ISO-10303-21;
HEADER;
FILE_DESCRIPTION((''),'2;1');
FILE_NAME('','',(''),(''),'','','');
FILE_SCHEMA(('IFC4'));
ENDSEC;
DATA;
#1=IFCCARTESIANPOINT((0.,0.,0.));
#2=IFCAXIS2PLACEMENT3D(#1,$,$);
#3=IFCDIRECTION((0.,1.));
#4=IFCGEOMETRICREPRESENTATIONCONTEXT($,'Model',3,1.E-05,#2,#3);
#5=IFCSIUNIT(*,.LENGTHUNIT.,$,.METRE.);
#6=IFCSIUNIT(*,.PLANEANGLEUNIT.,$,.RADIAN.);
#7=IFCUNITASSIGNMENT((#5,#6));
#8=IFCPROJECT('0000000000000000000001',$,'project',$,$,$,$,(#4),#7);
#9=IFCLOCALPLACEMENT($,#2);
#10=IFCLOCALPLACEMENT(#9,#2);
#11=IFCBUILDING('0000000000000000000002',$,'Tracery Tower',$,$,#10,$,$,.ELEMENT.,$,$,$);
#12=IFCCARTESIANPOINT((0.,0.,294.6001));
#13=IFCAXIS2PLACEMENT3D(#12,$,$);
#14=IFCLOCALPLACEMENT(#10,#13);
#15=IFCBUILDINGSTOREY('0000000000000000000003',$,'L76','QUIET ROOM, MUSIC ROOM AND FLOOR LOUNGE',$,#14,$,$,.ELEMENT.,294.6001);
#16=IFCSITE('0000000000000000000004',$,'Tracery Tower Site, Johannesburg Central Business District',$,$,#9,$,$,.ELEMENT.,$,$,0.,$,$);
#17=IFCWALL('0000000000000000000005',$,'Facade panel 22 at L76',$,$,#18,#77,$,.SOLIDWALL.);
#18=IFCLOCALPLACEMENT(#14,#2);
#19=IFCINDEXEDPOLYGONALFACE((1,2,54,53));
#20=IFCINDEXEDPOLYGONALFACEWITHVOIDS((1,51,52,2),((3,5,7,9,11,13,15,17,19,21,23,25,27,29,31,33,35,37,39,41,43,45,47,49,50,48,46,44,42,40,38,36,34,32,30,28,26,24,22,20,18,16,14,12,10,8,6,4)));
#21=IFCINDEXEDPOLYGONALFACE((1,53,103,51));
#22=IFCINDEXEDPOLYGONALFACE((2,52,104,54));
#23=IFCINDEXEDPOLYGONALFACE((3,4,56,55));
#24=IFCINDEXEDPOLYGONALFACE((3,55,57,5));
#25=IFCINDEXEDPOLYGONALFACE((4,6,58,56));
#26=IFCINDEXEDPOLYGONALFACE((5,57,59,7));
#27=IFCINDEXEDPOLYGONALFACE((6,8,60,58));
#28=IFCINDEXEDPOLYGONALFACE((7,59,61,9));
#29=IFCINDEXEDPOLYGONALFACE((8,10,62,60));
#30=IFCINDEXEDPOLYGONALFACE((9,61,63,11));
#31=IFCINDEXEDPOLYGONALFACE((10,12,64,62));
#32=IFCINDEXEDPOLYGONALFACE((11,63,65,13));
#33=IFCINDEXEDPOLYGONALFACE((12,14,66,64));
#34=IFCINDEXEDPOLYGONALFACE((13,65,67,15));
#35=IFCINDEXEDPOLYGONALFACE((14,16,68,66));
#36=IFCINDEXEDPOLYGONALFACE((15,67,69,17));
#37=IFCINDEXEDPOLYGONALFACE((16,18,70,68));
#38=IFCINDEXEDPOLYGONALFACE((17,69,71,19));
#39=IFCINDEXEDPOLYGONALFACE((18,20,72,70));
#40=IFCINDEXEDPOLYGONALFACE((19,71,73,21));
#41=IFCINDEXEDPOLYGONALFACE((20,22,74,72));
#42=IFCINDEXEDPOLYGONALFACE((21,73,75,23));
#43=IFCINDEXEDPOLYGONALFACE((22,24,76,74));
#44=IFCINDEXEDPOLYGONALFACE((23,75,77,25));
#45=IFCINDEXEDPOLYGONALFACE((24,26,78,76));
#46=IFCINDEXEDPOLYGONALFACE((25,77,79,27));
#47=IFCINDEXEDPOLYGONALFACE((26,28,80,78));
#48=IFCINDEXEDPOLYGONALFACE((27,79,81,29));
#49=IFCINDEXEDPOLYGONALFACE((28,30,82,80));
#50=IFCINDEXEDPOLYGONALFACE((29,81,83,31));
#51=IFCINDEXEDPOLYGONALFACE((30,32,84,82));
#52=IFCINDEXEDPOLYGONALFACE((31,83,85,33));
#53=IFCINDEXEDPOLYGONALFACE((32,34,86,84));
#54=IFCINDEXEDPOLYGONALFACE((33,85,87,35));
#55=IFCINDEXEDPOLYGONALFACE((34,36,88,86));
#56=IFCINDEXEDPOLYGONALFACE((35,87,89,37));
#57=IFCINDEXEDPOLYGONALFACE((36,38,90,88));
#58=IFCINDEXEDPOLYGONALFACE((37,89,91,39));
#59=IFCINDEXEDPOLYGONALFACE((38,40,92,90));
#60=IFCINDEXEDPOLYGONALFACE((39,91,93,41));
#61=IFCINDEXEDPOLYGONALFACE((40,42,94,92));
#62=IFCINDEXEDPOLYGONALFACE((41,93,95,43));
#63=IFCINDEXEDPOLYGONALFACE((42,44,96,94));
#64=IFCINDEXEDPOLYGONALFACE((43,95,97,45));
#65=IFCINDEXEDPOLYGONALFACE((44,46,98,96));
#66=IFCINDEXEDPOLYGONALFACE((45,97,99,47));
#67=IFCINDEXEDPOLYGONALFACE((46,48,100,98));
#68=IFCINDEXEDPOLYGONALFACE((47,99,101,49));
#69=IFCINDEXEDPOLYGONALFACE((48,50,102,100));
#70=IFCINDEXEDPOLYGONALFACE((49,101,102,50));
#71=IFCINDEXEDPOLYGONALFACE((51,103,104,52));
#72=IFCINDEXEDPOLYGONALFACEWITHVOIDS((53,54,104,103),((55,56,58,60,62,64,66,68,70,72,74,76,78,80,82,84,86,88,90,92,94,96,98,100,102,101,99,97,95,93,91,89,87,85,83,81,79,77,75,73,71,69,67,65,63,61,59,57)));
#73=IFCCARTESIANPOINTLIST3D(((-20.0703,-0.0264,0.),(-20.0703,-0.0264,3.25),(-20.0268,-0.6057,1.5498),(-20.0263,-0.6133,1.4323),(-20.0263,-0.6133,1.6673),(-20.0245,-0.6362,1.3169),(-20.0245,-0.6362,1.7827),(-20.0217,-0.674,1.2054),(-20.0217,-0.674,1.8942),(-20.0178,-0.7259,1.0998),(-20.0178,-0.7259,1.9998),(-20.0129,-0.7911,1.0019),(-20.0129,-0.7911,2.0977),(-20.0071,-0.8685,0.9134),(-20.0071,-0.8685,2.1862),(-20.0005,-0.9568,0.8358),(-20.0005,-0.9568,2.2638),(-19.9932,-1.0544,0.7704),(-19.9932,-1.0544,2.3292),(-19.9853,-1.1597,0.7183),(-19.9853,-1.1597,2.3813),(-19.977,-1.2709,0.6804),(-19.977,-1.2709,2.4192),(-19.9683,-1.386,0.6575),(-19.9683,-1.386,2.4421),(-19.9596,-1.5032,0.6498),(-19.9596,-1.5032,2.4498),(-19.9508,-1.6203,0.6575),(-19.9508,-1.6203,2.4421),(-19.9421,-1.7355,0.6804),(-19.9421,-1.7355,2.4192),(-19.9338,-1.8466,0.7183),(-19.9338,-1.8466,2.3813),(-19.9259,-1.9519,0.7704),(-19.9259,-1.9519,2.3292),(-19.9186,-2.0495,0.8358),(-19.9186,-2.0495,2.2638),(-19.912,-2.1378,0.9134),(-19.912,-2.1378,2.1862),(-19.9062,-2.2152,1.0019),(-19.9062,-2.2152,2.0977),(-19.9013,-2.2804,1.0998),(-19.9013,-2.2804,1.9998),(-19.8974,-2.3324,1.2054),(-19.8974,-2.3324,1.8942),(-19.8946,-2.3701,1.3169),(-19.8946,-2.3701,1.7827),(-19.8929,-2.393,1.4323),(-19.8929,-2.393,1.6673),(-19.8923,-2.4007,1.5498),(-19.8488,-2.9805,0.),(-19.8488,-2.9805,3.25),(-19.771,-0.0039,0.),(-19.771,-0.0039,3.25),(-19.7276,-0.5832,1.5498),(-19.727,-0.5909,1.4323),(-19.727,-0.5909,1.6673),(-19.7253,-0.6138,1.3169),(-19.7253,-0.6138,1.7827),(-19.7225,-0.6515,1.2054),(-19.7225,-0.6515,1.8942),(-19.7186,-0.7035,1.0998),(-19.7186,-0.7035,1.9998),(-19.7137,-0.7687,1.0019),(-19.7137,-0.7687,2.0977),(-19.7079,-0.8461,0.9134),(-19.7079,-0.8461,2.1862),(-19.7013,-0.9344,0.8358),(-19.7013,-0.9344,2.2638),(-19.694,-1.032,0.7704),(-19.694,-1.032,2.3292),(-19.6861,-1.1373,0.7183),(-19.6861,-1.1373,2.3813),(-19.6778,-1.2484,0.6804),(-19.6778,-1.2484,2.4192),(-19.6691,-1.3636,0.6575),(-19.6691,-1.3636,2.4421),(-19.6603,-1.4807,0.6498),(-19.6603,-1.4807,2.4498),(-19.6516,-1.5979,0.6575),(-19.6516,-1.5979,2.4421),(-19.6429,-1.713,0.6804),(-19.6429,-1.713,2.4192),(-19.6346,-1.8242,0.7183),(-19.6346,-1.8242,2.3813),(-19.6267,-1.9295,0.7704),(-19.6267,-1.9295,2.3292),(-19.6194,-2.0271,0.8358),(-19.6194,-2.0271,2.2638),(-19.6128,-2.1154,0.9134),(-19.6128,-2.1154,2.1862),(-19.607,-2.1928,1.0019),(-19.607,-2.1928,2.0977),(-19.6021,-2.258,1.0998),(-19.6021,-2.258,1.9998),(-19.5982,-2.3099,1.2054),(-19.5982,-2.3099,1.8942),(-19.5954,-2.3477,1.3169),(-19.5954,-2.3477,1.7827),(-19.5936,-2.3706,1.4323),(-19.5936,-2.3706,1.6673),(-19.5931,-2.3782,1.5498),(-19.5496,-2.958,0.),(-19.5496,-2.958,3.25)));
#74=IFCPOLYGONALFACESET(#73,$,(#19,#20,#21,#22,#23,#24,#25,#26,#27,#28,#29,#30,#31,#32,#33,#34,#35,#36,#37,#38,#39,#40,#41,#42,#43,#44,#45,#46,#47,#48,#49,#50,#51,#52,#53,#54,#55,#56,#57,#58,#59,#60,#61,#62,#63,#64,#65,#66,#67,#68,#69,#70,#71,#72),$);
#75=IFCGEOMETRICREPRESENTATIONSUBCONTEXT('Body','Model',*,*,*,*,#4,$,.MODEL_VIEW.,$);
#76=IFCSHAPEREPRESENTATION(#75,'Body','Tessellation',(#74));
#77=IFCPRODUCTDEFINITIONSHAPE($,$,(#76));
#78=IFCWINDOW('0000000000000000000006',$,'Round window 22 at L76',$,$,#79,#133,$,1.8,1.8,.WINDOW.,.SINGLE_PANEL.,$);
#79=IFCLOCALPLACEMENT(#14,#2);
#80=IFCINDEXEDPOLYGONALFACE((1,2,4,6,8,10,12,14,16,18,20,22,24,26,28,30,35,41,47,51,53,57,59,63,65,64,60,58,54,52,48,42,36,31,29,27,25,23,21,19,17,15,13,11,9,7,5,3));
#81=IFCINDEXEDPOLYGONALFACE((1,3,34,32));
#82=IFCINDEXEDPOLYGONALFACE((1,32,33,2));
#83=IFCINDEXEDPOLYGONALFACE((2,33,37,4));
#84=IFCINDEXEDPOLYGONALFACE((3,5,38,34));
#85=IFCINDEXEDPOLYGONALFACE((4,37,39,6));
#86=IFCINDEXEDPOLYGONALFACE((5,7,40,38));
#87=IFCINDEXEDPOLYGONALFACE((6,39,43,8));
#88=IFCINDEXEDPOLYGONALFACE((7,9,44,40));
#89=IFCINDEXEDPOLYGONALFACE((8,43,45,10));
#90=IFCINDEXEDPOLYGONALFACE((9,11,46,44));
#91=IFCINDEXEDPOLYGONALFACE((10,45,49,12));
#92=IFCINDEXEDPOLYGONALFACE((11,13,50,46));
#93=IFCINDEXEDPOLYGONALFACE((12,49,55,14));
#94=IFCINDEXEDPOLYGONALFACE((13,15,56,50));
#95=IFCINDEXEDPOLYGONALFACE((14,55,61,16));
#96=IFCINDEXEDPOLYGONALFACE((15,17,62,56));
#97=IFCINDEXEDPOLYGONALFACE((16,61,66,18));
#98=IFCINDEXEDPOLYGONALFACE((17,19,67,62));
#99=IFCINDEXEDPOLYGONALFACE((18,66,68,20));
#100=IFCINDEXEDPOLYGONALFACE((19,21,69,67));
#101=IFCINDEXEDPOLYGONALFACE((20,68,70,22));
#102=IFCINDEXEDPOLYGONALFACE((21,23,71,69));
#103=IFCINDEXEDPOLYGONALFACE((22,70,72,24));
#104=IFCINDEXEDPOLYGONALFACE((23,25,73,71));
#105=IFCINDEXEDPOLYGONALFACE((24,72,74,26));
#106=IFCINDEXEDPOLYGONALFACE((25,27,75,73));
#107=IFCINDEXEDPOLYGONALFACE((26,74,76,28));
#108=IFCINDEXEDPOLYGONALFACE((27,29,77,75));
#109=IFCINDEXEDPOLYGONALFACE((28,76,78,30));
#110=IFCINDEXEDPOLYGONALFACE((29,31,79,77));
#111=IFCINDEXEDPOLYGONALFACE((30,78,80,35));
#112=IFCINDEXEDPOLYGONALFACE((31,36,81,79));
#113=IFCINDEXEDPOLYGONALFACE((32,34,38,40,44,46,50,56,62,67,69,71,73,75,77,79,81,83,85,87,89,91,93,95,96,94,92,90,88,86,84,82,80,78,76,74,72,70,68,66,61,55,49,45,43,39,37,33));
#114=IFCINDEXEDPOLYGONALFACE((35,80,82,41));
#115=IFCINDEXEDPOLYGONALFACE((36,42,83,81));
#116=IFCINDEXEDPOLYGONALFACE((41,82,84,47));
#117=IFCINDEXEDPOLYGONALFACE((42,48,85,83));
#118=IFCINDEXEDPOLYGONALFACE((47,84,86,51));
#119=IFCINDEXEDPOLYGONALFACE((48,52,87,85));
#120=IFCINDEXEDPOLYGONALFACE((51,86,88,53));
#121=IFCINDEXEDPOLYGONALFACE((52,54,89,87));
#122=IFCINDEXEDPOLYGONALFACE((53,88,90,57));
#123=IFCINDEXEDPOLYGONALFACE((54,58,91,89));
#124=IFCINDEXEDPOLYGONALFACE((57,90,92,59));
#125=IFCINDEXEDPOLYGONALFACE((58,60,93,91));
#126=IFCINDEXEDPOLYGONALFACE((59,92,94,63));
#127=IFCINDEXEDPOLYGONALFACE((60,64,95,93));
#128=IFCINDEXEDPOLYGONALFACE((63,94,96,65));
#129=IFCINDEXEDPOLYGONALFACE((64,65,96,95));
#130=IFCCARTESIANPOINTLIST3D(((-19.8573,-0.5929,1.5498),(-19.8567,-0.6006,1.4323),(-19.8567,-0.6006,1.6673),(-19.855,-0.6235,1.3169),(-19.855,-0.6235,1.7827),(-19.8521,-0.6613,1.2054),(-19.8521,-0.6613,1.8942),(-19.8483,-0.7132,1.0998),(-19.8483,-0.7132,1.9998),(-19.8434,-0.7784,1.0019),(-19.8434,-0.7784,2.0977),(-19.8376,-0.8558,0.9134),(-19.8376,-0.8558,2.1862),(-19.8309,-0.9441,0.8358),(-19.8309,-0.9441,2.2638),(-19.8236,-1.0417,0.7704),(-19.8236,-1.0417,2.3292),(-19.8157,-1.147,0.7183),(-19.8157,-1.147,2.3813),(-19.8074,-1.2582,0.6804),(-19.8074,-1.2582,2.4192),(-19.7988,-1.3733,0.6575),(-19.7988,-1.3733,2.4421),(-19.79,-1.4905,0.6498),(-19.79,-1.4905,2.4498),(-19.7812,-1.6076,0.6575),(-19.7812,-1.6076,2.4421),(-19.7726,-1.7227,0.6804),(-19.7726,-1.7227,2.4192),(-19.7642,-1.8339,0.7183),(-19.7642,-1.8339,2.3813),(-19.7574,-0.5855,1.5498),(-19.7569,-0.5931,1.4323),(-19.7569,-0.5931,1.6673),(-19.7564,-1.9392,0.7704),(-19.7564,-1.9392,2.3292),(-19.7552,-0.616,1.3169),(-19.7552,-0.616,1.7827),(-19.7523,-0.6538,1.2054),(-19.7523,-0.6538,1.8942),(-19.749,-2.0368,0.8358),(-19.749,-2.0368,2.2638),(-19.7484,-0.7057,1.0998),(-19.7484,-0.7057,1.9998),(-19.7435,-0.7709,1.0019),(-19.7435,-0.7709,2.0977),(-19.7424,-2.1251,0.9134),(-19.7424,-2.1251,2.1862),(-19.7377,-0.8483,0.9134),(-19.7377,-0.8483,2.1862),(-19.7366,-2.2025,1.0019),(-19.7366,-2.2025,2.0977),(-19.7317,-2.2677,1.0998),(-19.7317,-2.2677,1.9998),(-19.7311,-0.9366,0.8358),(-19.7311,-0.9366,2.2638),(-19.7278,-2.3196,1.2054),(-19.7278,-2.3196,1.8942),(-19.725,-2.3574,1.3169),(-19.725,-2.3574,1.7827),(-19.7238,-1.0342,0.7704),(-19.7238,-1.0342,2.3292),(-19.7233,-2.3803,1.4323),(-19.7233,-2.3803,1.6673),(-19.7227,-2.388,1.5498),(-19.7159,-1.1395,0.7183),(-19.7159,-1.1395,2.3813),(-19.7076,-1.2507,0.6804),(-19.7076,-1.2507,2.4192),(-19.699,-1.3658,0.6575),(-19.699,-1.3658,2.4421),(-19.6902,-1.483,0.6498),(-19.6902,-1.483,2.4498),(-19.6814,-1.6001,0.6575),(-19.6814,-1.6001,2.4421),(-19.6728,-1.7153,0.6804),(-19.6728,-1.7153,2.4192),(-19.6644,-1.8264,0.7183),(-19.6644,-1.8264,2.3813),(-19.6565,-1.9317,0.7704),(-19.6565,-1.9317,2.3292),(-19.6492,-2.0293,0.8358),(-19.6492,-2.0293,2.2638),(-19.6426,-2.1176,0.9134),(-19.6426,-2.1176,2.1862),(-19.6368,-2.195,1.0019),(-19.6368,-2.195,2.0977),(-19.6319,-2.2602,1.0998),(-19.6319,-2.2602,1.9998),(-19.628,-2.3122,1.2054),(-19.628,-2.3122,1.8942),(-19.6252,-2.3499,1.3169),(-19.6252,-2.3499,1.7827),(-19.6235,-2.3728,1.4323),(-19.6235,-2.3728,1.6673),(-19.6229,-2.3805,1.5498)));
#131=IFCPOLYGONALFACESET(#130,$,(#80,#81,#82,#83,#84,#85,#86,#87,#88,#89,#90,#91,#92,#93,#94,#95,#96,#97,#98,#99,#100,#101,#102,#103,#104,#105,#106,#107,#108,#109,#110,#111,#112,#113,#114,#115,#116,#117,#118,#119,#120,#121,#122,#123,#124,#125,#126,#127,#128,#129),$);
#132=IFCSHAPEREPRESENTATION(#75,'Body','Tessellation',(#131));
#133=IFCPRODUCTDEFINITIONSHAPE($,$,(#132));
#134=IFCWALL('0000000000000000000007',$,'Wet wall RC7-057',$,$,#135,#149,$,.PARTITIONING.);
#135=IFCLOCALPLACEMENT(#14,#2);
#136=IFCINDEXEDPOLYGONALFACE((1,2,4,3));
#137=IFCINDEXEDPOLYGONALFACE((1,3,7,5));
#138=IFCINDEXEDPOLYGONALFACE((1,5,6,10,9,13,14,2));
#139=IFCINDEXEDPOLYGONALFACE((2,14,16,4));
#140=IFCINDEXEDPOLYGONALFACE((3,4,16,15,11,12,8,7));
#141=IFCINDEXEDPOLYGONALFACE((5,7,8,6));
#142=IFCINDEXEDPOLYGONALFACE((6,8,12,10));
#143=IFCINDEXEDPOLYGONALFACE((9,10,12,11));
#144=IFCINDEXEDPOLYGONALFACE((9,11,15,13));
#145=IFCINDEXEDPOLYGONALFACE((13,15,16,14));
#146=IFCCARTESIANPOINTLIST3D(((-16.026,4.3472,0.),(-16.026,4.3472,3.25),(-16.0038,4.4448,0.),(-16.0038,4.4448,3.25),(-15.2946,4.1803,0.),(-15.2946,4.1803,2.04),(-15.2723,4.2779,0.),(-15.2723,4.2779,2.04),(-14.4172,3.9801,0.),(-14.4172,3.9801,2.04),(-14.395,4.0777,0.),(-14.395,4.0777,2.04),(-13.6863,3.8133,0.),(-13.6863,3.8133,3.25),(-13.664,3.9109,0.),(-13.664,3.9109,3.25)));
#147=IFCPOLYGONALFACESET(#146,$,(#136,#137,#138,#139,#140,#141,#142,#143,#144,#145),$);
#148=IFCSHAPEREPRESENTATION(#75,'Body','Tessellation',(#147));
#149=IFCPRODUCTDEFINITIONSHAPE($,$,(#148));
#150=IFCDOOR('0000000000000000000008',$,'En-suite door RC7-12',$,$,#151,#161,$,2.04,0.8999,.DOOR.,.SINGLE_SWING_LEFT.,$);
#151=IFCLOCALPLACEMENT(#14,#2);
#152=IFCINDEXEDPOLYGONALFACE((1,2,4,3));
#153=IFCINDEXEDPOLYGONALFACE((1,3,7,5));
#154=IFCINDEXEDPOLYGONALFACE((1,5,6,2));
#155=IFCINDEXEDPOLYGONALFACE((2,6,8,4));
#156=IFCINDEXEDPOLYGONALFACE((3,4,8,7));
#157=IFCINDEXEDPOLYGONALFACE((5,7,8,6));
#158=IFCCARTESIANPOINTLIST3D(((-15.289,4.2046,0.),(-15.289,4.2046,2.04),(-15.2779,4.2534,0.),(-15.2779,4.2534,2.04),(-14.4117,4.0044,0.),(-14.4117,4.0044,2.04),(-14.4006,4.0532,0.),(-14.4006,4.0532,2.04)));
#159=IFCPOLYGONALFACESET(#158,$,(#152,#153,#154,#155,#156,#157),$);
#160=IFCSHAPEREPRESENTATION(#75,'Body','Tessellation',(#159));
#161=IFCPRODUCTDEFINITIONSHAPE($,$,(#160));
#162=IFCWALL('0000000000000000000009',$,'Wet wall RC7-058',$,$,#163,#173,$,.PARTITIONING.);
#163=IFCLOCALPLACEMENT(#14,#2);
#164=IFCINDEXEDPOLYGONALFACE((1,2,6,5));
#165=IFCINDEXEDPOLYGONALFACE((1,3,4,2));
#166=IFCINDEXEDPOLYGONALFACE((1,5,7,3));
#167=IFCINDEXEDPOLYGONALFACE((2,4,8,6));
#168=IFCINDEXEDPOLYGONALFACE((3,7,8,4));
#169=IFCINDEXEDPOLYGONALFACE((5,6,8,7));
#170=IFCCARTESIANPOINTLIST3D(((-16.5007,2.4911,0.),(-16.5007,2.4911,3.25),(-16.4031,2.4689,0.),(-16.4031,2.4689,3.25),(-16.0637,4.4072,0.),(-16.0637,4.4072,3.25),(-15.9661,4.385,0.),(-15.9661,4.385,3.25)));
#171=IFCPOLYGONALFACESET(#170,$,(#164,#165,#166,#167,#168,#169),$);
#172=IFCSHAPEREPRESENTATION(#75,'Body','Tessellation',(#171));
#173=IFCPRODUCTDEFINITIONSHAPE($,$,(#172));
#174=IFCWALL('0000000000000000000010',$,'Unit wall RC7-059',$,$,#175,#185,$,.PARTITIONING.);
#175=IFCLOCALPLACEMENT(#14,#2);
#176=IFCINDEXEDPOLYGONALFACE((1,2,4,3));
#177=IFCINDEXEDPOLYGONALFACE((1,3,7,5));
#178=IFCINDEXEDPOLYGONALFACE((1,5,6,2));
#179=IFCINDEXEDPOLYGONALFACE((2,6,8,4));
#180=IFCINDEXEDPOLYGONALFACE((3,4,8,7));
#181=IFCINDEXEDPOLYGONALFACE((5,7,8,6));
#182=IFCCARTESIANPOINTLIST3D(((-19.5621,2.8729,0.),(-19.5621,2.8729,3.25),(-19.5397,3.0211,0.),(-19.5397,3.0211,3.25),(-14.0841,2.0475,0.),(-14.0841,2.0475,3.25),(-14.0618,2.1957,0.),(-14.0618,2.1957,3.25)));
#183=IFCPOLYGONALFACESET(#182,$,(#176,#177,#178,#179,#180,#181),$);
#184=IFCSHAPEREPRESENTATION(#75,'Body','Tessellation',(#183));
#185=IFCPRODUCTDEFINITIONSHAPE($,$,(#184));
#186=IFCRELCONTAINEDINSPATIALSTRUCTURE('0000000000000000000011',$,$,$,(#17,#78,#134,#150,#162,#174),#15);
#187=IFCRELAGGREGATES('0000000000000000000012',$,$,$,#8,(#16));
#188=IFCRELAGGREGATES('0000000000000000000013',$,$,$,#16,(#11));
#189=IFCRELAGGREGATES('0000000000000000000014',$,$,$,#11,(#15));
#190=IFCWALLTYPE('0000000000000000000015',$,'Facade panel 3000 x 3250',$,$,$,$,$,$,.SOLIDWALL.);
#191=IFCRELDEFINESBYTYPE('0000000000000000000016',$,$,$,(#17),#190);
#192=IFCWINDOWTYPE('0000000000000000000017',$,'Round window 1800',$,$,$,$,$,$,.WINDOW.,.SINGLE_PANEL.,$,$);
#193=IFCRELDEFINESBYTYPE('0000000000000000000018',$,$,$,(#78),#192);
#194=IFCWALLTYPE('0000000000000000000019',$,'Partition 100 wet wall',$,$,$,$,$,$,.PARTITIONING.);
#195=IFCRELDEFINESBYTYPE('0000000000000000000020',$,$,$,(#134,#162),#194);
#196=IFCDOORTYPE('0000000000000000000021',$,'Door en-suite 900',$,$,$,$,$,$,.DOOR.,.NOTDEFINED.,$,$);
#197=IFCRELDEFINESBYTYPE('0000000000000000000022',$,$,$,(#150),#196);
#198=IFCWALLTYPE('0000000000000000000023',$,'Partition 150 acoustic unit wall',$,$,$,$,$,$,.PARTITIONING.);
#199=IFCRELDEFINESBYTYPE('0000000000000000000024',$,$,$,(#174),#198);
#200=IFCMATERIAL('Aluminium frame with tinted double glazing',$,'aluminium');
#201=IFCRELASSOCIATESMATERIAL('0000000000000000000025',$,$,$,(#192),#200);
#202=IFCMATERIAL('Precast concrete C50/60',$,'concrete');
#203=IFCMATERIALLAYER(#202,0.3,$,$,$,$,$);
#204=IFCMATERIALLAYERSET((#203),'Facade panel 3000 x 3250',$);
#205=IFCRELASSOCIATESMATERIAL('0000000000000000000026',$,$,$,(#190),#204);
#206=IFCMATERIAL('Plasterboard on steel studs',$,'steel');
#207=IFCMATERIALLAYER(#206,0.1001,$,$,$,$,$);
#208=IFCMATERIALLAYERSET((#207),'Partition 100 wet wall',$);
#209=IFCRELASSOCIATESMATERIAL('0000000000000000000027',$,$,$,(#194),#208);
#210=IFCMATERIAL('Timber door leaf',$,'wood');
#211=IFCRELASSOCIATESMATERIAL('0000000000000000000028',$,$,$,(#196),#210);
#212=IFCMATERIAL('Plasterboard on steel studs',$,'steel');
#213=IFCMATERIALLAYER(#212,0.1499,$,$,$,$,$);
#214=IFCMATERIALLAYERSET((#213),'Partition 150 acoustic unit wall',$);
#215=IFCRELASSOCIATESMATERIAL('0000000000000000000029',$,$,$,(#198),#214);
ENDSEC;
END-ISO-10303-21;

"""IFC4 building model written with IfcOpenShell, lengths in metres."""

from ifc_helpers import new_model, si_unit, direction, frame, frame_2d, origin, origin_2d, place, context, subcontext, project, spatial, rectangle, circle, extrude, material, layer, layer_set, type_object, element, fill, save


model = new_model("IFC4")

# Units and contexts
model_context = context("Model", 3, precision=1e-05, world=origin(), true_north=direction((0.0, 1.0)))
body_context = subcontext(model_context, "Body", "Model", "MODEL_VIEW")
ifc_project = project(units=[si_unit("LENGTHUNIT", "METRE"), si_unit("PLANEANGLEUNIT", "RADIAN")], contexts=[model_context])

# Site, building, storey
site_placement = place(None, origin())
site = spatial("IfcSite", under=ifc_project, at=site_placement, Name="Tracery Tower Site, Johannesburg Central Business District", CompositionType="ELEMENT", RefElevation=0.0)
building_placement = place(site_placement, origin())
building = spatial("IfcBuilding", under=site, at=building_placement, Name="Tracery Tower", CompositionType="ELEMENT")
storey_placement = place(building_placement, frame((0.0, 0.0, 294.6001)))
storey = spatial("IfcBuildingStorey", under=building, at=storey_placement, Name="L76", Description="QUIET ROOM, MUSIC ROOM AND FLOOR LOUNGE", CompositionType="ELEMENT", Elevation=294.6001)

# Wall, opening, window
ifc_material_1 = material(Name="Aluminium frame with tinted double glazing", Category="aluminium")
window_type = type_object("IfcWindowType", Name="Round window 1800", PartitioningType="SINGLE_PANEL", PredefinedType="WINDOW", material=ifc_material_1)
ifc_material_2 = material(Name="Precast concrete C50/60", Category="concrete")
ifc_layer_1 = layer(ifc_material_2, 0.3)
ifc_layer_set_1 = layer_set([ifc_layer_1], Name="Facade panel 3000 x 3250")
wall_type_1 = type_object("IfcWallType", Name="Facade panel 3000 x 3250", PredefinedType="SOLIDWALL", material=ifc_layer_set_1)
wall_1_placement = place(storey_placement, frame((-19.9207, -0.0151, 0.0), z_axis=(0.0, 0.0, 1.0), x_axis=(0.074749, -0.997202, 0.0)))
wall_1 = element("IfcWall", 1, at=wall_1_placement, inside=storey, type_object=wall_type_1, Name="Facade panel 22 at L76", PredefinedType="SOLIDWALL", context=body_context, shape_type="SweptSolid", body=[
    extrude(rectangle(XDim=2.9624, YDim=0.3, at=frame_2d((1.4812, 0.0))), origin(), (0.0, 0.0, 1.0), 3.25),
])
opening_1_placement = place(wall_1_placement, frame((1.481, 0.0, 1.5498)))
opening_1 = element("IfcOpeningElement", 2, at=opening_1_placement, cuts=wall_1, PredefinedType="OPENING", context=body_context, shape_type="SweptSolid", body=[
    extrude(circle(Radius=0.9, at=origin_2d()), frame((0.0, 0.1599, 0.0), z_axis=(0.0, -1.0, 0.0), x_axis=(1.0, 0.0, 0.0)), (0.0, 0.0, 1.0), 0.3201),
])
window_1_placement = place(opening_1_placement, origin())
window_1 = element("IfcWindow", 3, at=window_1_placement, inside=storey, type_object=window_type, Name="Round window 22 at L76", OverallHeight=1.8, OverallWidth=1.8, PartitioningType="SINGLE_PANEL", PredefinedType="WINDOW", context=body_context, shape_type="SweptSolid", body=[
    extrude(circle(Radius=0.9, at=origin_2d()), frame((0.0, 0.1201, 0.0), z_axis=(0.0, -1.0, 0.0), x_axis=(1.0, 0.0, 0.0)), (0.0, 0.0, 1.0), 0.1001),
])
fill(opening_1, window_1)

# Wall, opening, door
ifc_material_3 = material(Name="Plasterboard on steel studs", Category="steel")
ifc_layer_2 = layer(ifc_material_3, 0.1001)
ifc_layer_set_2 = layer_set([ifc_layer_2], Name="Partition 100 wet wall")
wall_type_2 = type_object("IfcWallType", Name="Partition 100 wet wall", PredefinedType="PARTITIONING", material=ifc_layer_set_2)
wall_2_placement = place(storey_placement, frame((-16.0149, 4.396, 0.0), z_axis=(0.0, 0.0, 1.0), x_axis=(0.974939, -0.222474, 0.0)))
wall_2 = element("IfcWall", 4, at=wall_2_placement, inside=storey, type_object=wall_type_2, Name="Wet wall RC7-057", PredefinedType="PARTITIONING", context=body_context, shape_type="SweptSolid", body=[
    extrude(rectangle(XDim=2.3999, YDim=0.1001, at=frame_2d((1.2, 0.0))), origin(), (0.0, 0.0, 1.0), 3.25),
])
opening_2_placement = place(wall_2_placement, frame((0.7502, 0.0, 0.0)))
opening_2 = element("IfcOpeningElement", 5, at=opening_2_placement, cuts=wall_2, PredefinedType="OPENING", context=body_context, shape_type="SweptSolid", body=[
    extrude(rectangle(XDim=0.8999, YDim=2.04, at=frame_2d((0.45, 1.02))), frame((0.0, 0.05, 0.0), z_axis=(0.0, -1.0, 0.0), x_axis=(1.0, 0.0, 0.0)), (0.0, 0.0, 1.0), 0.1001),
])
ifc_material_4 = material(Name="Timber door leaf", Category="wood")
door_type_1 = type_object("IfcDoorType", Name="Door en-suite 900", OperationType="NOTDEFINED", PredefinedType="DOOR", material=ifc_material_4)
door_1_placement = place(opening_2_placement, origin())
door_1 = element("IfcDoor", 6, at=door_1_placement, inside=storey, type_object=door_type_1, Name="En-suite door RC7-12", OperationType="SINGLE_SWING_LEFT", OverallHeight=2.04, OverallWidth=0.8999, PredefinedType="DOOR", context=body_context, shape_type="SweptSolid", body=[
    extrude(rectangle(XDim=0.8999, YDim=2.04, at=frame_2d((0.45, 1.02))), frame((0.0, 0.0249, 0.0), z_axis=(0.0, -1.0, 0.0), x_axis=(1.0, 0.0, 0.0)), (0.0, 0.0, 1.0), 0.05),
])
fill(opening_2, door_1)

# Walls
wall_3_placement = place(storey_placement, frame((-16.4519, 2.48, 0.0), z_axis=(0.0, 0.0, 1.0), x_axis=(0.222373, 0.974962, 0.0)))
element("IfcWall", 7, at=wall_3_placement, inside=storey, type_object=wall_type_2, Name="Wet wall RC7-058", PredefinedType="PARTITIONING", context=body_context, shape_type="SweptSolid", body=[
    extrude(rectangle(XDim=1.9653, YDim=0.1001, at=frame_2d((0.9827, 0.0))), origin(), (0.0, 0.0, 1.0), 3.25),
])
ifc_material_5 = material(Name="Plasterboard on steel studs", Category="steel")
ifc_layer_3 = layer(ifc_material_5, 0.1499)
ifc_layer_set_3 = layer_set([ifc_layer_3], Name="Partition 150 acoustic unit wall")
wall_type_3 = type_object("IfcWallType", Name="Partition 150 acoustic unit wall", PredefinedType="PARTITIONING", material=ifc_layer_set_3)
wall_4_placement = place(storey_placement, frame((-19.551, 2.947, 0.0), z_axis=(0.0, 0.0, 1.0), x_axis=(0.988837, -0.149, 0.0)))
element("IfcWall", 8, at=wall_4_placement, inside=storey, type_object=wall_type_3, Name="Unit wall RC7-059", PredefinedType="PARTITIONING", context=body_context, shape_type="SweptSolid", body=[
    extrude(rectangle(XDim=5.5398, YDim=0.1499, at=frame_2d((2.77, 0.0))), origin(), (0.0, 0.0, 1.0), 3.25),
])

save(model, "model.ifc")
